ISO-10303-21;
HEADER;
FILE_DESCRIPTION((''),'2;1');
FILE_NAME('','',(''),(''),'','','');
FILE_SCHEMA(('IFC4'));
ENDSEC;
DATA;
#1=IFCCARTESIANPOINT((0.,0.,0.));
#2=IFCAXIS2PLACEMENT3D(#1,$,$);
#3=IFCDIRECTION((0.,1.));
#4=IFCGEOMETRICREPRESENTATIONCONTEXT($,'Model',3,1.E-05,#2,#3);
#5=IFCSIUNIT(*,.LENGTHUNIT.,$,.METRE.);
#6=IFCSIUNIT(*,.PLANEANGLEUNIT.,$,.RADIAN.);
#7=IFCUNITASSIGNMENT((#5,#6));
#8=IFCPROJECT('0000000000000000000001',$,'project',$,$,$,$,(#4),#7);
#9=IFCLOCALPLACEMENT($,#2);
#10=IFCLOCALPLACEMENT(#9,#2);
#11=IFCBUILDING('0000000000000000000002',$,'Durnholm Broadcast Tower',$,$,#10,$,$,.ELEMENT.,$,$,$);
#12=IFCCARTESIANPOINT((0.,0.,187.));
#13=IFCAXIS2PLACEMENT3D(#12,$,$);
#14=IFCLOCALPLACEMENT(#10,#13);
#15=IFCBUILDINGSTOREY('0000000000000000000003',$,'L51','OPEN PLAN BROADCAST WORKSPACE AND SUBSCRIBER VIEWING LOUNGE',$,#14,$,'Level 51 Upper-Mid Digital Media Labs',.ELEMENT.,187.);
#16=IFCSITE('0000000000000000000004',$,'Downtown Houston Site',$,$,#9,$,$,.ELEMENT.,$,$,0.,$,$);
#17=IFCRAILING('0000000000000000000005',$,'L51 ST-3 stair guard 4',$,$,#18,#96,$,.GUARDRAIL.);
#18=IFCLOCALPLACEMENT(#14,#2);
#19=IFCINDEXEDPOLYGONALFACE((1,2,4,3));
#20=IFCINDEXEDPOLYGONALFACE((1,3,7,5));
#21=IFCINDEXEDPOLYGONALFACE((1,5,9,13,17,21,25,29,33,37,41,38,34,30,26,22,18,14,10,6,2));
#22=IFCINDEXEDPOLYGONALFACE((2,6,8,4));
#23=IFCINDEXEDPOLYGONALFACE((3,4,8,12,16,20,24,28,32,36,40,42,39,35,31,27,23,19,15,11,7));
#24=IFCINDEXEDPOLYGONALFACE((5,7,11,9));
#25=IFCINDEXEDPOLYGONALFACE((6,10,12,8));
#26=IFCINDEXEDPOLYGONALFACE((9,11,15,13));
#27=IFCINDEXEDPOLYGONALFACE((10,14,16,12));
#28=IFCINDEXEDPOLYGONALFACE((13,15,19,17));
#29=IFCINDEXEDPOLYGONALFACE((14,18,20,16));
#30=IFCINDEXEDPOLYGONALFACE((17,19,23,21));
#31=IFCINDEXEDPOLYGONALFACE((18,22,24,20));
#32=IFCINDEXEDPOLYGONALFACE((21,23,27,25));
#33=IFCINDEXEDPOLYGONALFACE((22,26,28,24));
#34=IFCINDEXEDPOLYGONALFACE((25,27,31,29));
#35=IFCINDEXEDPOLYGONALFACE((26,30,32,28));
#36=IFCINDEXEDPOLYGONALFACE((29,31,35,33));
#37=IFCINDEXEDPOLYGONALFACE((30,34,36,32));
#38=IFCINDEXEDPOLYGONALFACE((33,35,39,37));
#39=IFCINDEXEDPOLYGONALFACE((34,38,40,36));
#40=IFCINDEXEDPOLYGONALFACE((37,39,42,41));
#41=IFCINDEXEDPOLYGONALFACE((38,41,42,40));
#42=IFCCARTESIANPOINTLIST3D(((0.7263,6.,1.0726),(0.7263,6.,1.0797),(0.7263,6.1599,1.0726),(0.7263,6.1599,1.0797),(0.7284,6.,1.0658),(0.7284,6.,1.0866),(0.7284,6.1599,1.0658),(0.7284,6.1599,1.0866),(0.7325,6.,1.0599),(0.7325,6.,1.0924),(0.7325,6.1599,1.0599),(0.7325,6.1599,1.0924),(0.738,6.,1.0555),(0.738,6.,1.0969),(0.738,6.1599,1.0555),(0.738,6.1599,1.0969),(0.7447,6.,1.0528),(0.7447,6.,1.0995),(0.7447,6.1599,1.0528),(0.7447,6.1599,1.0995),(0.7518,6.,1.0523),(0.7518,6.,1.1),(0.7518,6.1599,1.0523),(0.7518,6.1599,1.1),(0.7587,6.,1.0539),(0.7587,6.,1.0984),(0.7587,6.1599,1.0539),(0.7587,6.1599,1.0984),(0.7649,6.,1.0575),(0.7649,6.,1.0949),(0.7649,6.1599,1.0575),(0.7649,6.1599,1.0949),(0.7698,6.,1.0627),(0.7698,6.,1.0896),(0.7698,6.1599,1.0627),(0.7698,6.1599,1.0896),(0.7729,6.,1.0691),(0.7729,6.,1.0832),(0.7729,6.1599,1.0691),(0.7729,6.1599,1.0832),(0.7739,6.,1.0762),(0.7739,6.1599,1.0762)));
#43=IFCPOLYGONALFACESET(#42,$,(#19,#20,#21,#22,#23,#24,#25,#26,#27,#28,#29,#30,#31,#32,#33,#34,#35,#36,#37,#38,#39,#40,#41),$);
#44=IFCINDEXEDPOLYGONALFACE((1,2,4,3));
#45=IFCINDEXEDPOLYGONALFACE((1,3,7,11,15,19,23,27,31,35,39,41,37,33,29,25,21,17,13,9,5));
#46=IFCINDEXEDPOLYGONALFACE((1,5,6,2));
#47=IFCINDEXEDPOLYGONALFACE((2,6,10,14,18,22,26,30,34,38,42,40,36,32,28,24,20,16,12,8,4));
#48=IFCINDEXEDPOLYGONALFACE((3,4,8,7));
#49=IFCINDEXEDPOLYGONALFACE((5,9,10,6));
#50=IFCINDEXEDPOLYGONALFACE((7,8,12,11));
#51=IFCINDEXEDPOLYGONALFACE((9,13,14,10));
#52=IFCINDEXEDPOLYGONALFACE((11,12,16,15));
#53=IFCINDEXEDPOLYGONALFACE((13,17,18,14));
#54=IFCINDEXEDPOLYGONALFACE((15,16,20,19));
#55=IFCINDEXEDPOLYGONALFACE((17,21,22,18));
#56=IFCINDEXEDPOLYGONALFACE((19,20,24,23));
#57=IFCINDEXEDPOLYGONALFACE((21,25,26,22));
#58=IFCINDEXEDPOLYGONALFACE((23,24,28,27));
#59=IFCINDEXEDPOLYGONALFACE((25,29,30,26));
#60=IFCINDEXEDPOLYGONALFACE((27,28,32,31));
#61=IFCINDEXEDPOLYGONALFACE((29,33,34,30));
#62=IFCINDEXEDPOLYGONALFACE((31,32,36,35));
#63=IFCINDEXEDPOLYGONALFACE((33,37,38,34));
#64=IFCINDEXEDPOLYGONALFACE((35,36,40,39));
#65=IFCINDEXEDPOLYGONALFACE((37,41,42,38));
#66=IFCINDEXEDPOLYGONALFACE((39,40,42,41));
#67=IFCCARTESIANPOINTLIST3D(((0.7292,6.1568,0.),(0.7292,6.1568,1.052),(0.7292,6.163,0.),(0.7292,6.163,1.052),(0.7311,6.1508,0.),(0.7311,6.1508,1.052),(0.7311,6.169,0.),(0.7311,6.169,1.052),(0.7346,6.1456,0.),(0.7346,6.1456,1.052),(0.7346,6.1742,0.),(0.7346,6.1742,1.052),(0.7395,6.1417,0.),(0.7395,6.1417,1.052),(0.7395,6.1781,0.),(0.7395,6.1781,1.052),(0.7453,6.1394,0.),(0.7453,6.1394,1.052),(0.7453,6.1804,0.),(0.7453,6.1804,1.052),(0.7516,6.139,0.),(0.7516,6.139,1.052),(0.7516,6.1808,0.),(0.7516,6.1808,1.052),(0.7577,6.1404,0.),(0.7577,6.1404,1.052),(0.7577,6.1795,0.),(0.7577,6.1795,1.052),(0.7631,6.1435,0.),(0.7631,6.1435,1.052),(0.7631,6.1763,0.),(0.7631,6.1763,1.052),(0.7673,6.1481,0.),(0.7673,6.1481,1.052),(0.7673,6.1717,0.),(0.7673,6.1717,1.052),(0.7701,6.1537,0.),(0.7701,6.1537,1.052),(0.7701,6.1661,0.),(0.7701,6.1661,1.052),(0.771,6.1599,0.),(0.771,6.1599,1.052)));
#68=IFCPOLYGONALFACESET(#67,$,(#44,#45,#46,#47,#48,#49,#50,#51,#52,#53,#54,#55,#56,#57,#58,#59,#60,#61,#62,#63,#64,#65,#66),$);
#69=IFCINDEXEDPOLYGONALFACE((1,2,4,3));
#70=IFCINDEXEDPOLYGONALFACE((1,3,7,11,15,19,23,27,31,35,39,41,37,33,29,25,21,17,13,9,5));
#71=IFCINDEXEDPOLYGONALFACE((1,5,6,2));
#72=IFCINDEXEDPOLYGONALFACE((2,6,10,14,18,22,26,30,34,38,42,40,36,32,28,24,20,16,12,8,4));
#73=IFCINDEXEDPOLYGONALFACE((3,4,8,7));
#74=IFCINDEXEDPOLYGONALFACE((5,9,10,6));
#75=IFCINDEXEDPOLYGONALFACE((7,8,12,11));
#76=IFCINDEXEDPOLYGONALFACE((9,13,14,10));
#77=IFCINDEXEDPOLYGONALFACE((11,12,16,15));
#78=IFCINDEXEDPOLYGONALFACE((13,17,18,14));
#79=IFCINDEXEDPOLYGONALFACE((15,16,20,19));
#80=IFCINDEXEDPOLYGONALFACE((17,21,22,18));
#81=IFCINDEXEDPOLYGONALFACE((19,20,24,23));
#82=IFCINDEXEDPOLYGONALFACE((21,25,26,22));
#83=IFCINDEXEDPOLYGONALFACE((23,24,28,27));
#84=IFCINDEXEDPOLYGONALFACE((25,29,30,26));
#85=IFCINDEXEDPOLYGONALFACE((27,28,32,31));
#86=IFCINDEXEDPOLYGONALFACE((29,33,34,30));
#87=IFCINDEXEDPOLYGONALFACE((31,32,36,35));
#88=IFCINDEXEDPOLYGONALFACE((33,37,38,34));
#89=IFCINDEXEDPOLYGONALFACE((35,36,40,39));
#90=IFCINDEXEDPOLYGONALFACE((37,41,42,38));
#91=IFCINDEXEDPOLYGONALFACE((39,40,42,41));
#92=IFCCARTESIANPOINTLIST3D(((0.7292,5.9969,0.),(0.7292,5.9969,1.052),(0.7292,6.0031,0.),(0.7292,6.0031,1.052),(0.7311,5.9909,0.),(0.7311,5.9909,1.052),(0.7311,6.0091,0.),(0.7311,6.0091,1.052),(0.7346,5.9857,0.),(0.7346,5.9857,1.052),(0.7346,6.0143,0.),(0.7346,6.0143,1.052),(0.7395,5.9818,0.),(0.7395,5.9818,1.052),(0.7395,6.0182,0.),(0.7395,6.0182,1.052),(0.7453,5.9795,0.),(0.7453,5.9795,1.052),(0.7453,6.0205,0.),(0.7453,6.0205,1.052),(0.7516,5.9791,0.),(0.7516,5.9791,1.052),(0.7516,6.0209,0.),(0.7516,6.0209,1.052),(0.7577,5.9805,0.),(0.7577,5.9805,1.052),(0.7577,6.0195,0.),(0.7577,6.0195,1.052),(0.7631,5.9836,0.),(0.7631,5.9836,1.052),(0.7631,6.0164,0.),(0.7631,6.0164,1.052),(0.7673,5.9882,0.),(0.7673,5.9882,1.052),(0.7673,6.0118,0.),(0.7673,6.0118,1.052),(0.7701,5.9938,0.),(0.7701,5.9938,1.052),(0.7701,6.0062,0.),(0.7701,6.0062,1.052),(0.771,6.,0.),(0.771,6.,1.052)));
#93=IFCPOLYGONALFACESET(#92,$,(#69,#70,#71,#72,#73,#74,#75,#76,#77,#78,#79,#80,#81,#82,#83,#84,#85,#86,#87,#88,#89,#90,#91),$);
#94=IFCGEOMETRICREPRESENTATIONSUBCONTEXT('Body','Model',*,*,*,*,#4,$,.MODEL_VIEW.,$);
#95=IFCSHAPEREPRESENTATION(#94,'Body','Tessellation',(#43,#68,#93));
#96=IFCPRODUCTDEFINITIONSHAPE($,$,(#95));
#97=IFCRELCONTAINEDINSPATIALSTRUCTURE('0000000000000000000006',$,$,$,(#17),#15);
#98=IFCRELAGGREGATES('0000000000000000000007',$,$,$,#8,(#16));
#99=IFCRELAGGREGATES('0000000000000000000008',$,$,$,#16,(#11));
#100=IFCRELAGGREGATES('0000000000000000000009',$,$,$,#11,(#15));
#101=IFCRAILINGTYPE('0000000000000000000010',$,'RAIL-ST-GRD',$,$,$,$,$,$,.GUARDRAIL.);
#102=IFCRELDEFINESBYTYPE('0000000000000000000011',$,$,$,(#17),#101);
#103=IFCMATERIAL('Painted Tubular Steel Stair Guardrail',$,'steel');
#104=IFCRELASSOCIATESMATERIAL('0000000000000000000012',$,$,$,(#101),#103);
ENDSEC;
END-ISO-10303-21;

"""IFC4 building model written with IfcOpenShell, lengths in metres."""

from ifc_helpers import new_model, si_unit, direction, frame, origin, origin_2d, place, context, subcontext, project, spatial, circle, extrude, material, type_object, element, save


model = new_model("IFC4")

# Units and contexts
model_context = context("Model", 3, precision=1e-05, world=origin(), true_north=direction((0.0, 1.0)))
body_context = subcontext(model_context, "Body", "Model", "MODEL_VIEW")
ifc_project = project(units=[si_unit("LENGTHUNIT", "METRE"), si_unit("PLANEANGLEUNIT", "RADIAN")], contexts=[model_context])

# Site, building, storey
site_placement = place(None, origin())
site = spatial("IfcSite", under=ifc_project, at=site_placement, Name="Downtown Houston Site", CompositionType="ELEMENT", RefElevation=0.0)
building_placement = place(site_placement, origin())
building = spatial("IfcBuilding", under=site, at=building_placement, Name="Durnholm Broadcast Tower", CompositionType="ELEMENT")
storey_placement = place(building_placement, frame((0.0, 0.0, 187.0)))
storey = spatial("IfcBuildingStorey", under=building, at=storey_placement, Name="L51", Description="OPEN PLAN BROADCAST WORKSPACE AND SUBSCRIBER VIEWING LOUNGE", LongName="Level 51 Upper-Mid Digital Media Labs", CompositionType="ELEMENT", Elevation=187.0)

# Railing
ifc_material_1 = material(Name="Painted Tubular Steel Stair Guardrail", Category="steel")
railing_type_1 = type_object("IfcRailingType", Name="RAIL-ST-GRD", PredefinedType="GUARDRAIL", material=ifc_material_1)
railing_1_placement = place(storey_placement, frame((0.75, 6.1599, 0.0)))
element("IfcRailing", 1, at=railing_1_placement, inside=storey, type_object=railing_type_1, Name="L51 ST-3 stair guard 4", PredefinedType="GUARDRAIL", context=body_context, shape_type="SweptSolid", body=[
    extrude(circle(Radius=0.0239, at=origin_2d()), frame((0.0, 0.0, 1.0762), z_axis=(0.0, -1.0, 0.0), x_axis=(1.0, 0.0, 0.0)), (0.0, 0.0, 1.0), 0.1599),
    extrude(circle(Radius=0.021, at=origin_2d()), origin(), (0.0, 0.0, 1.0), 1.052),
    extrude(circle(Radius=0.021, at=origin_2d()), frame((0.0, -0.1599, 0.0)), (0.0, 0.0, 1.0), 1.052),
])

save(model, "model.ifc")
